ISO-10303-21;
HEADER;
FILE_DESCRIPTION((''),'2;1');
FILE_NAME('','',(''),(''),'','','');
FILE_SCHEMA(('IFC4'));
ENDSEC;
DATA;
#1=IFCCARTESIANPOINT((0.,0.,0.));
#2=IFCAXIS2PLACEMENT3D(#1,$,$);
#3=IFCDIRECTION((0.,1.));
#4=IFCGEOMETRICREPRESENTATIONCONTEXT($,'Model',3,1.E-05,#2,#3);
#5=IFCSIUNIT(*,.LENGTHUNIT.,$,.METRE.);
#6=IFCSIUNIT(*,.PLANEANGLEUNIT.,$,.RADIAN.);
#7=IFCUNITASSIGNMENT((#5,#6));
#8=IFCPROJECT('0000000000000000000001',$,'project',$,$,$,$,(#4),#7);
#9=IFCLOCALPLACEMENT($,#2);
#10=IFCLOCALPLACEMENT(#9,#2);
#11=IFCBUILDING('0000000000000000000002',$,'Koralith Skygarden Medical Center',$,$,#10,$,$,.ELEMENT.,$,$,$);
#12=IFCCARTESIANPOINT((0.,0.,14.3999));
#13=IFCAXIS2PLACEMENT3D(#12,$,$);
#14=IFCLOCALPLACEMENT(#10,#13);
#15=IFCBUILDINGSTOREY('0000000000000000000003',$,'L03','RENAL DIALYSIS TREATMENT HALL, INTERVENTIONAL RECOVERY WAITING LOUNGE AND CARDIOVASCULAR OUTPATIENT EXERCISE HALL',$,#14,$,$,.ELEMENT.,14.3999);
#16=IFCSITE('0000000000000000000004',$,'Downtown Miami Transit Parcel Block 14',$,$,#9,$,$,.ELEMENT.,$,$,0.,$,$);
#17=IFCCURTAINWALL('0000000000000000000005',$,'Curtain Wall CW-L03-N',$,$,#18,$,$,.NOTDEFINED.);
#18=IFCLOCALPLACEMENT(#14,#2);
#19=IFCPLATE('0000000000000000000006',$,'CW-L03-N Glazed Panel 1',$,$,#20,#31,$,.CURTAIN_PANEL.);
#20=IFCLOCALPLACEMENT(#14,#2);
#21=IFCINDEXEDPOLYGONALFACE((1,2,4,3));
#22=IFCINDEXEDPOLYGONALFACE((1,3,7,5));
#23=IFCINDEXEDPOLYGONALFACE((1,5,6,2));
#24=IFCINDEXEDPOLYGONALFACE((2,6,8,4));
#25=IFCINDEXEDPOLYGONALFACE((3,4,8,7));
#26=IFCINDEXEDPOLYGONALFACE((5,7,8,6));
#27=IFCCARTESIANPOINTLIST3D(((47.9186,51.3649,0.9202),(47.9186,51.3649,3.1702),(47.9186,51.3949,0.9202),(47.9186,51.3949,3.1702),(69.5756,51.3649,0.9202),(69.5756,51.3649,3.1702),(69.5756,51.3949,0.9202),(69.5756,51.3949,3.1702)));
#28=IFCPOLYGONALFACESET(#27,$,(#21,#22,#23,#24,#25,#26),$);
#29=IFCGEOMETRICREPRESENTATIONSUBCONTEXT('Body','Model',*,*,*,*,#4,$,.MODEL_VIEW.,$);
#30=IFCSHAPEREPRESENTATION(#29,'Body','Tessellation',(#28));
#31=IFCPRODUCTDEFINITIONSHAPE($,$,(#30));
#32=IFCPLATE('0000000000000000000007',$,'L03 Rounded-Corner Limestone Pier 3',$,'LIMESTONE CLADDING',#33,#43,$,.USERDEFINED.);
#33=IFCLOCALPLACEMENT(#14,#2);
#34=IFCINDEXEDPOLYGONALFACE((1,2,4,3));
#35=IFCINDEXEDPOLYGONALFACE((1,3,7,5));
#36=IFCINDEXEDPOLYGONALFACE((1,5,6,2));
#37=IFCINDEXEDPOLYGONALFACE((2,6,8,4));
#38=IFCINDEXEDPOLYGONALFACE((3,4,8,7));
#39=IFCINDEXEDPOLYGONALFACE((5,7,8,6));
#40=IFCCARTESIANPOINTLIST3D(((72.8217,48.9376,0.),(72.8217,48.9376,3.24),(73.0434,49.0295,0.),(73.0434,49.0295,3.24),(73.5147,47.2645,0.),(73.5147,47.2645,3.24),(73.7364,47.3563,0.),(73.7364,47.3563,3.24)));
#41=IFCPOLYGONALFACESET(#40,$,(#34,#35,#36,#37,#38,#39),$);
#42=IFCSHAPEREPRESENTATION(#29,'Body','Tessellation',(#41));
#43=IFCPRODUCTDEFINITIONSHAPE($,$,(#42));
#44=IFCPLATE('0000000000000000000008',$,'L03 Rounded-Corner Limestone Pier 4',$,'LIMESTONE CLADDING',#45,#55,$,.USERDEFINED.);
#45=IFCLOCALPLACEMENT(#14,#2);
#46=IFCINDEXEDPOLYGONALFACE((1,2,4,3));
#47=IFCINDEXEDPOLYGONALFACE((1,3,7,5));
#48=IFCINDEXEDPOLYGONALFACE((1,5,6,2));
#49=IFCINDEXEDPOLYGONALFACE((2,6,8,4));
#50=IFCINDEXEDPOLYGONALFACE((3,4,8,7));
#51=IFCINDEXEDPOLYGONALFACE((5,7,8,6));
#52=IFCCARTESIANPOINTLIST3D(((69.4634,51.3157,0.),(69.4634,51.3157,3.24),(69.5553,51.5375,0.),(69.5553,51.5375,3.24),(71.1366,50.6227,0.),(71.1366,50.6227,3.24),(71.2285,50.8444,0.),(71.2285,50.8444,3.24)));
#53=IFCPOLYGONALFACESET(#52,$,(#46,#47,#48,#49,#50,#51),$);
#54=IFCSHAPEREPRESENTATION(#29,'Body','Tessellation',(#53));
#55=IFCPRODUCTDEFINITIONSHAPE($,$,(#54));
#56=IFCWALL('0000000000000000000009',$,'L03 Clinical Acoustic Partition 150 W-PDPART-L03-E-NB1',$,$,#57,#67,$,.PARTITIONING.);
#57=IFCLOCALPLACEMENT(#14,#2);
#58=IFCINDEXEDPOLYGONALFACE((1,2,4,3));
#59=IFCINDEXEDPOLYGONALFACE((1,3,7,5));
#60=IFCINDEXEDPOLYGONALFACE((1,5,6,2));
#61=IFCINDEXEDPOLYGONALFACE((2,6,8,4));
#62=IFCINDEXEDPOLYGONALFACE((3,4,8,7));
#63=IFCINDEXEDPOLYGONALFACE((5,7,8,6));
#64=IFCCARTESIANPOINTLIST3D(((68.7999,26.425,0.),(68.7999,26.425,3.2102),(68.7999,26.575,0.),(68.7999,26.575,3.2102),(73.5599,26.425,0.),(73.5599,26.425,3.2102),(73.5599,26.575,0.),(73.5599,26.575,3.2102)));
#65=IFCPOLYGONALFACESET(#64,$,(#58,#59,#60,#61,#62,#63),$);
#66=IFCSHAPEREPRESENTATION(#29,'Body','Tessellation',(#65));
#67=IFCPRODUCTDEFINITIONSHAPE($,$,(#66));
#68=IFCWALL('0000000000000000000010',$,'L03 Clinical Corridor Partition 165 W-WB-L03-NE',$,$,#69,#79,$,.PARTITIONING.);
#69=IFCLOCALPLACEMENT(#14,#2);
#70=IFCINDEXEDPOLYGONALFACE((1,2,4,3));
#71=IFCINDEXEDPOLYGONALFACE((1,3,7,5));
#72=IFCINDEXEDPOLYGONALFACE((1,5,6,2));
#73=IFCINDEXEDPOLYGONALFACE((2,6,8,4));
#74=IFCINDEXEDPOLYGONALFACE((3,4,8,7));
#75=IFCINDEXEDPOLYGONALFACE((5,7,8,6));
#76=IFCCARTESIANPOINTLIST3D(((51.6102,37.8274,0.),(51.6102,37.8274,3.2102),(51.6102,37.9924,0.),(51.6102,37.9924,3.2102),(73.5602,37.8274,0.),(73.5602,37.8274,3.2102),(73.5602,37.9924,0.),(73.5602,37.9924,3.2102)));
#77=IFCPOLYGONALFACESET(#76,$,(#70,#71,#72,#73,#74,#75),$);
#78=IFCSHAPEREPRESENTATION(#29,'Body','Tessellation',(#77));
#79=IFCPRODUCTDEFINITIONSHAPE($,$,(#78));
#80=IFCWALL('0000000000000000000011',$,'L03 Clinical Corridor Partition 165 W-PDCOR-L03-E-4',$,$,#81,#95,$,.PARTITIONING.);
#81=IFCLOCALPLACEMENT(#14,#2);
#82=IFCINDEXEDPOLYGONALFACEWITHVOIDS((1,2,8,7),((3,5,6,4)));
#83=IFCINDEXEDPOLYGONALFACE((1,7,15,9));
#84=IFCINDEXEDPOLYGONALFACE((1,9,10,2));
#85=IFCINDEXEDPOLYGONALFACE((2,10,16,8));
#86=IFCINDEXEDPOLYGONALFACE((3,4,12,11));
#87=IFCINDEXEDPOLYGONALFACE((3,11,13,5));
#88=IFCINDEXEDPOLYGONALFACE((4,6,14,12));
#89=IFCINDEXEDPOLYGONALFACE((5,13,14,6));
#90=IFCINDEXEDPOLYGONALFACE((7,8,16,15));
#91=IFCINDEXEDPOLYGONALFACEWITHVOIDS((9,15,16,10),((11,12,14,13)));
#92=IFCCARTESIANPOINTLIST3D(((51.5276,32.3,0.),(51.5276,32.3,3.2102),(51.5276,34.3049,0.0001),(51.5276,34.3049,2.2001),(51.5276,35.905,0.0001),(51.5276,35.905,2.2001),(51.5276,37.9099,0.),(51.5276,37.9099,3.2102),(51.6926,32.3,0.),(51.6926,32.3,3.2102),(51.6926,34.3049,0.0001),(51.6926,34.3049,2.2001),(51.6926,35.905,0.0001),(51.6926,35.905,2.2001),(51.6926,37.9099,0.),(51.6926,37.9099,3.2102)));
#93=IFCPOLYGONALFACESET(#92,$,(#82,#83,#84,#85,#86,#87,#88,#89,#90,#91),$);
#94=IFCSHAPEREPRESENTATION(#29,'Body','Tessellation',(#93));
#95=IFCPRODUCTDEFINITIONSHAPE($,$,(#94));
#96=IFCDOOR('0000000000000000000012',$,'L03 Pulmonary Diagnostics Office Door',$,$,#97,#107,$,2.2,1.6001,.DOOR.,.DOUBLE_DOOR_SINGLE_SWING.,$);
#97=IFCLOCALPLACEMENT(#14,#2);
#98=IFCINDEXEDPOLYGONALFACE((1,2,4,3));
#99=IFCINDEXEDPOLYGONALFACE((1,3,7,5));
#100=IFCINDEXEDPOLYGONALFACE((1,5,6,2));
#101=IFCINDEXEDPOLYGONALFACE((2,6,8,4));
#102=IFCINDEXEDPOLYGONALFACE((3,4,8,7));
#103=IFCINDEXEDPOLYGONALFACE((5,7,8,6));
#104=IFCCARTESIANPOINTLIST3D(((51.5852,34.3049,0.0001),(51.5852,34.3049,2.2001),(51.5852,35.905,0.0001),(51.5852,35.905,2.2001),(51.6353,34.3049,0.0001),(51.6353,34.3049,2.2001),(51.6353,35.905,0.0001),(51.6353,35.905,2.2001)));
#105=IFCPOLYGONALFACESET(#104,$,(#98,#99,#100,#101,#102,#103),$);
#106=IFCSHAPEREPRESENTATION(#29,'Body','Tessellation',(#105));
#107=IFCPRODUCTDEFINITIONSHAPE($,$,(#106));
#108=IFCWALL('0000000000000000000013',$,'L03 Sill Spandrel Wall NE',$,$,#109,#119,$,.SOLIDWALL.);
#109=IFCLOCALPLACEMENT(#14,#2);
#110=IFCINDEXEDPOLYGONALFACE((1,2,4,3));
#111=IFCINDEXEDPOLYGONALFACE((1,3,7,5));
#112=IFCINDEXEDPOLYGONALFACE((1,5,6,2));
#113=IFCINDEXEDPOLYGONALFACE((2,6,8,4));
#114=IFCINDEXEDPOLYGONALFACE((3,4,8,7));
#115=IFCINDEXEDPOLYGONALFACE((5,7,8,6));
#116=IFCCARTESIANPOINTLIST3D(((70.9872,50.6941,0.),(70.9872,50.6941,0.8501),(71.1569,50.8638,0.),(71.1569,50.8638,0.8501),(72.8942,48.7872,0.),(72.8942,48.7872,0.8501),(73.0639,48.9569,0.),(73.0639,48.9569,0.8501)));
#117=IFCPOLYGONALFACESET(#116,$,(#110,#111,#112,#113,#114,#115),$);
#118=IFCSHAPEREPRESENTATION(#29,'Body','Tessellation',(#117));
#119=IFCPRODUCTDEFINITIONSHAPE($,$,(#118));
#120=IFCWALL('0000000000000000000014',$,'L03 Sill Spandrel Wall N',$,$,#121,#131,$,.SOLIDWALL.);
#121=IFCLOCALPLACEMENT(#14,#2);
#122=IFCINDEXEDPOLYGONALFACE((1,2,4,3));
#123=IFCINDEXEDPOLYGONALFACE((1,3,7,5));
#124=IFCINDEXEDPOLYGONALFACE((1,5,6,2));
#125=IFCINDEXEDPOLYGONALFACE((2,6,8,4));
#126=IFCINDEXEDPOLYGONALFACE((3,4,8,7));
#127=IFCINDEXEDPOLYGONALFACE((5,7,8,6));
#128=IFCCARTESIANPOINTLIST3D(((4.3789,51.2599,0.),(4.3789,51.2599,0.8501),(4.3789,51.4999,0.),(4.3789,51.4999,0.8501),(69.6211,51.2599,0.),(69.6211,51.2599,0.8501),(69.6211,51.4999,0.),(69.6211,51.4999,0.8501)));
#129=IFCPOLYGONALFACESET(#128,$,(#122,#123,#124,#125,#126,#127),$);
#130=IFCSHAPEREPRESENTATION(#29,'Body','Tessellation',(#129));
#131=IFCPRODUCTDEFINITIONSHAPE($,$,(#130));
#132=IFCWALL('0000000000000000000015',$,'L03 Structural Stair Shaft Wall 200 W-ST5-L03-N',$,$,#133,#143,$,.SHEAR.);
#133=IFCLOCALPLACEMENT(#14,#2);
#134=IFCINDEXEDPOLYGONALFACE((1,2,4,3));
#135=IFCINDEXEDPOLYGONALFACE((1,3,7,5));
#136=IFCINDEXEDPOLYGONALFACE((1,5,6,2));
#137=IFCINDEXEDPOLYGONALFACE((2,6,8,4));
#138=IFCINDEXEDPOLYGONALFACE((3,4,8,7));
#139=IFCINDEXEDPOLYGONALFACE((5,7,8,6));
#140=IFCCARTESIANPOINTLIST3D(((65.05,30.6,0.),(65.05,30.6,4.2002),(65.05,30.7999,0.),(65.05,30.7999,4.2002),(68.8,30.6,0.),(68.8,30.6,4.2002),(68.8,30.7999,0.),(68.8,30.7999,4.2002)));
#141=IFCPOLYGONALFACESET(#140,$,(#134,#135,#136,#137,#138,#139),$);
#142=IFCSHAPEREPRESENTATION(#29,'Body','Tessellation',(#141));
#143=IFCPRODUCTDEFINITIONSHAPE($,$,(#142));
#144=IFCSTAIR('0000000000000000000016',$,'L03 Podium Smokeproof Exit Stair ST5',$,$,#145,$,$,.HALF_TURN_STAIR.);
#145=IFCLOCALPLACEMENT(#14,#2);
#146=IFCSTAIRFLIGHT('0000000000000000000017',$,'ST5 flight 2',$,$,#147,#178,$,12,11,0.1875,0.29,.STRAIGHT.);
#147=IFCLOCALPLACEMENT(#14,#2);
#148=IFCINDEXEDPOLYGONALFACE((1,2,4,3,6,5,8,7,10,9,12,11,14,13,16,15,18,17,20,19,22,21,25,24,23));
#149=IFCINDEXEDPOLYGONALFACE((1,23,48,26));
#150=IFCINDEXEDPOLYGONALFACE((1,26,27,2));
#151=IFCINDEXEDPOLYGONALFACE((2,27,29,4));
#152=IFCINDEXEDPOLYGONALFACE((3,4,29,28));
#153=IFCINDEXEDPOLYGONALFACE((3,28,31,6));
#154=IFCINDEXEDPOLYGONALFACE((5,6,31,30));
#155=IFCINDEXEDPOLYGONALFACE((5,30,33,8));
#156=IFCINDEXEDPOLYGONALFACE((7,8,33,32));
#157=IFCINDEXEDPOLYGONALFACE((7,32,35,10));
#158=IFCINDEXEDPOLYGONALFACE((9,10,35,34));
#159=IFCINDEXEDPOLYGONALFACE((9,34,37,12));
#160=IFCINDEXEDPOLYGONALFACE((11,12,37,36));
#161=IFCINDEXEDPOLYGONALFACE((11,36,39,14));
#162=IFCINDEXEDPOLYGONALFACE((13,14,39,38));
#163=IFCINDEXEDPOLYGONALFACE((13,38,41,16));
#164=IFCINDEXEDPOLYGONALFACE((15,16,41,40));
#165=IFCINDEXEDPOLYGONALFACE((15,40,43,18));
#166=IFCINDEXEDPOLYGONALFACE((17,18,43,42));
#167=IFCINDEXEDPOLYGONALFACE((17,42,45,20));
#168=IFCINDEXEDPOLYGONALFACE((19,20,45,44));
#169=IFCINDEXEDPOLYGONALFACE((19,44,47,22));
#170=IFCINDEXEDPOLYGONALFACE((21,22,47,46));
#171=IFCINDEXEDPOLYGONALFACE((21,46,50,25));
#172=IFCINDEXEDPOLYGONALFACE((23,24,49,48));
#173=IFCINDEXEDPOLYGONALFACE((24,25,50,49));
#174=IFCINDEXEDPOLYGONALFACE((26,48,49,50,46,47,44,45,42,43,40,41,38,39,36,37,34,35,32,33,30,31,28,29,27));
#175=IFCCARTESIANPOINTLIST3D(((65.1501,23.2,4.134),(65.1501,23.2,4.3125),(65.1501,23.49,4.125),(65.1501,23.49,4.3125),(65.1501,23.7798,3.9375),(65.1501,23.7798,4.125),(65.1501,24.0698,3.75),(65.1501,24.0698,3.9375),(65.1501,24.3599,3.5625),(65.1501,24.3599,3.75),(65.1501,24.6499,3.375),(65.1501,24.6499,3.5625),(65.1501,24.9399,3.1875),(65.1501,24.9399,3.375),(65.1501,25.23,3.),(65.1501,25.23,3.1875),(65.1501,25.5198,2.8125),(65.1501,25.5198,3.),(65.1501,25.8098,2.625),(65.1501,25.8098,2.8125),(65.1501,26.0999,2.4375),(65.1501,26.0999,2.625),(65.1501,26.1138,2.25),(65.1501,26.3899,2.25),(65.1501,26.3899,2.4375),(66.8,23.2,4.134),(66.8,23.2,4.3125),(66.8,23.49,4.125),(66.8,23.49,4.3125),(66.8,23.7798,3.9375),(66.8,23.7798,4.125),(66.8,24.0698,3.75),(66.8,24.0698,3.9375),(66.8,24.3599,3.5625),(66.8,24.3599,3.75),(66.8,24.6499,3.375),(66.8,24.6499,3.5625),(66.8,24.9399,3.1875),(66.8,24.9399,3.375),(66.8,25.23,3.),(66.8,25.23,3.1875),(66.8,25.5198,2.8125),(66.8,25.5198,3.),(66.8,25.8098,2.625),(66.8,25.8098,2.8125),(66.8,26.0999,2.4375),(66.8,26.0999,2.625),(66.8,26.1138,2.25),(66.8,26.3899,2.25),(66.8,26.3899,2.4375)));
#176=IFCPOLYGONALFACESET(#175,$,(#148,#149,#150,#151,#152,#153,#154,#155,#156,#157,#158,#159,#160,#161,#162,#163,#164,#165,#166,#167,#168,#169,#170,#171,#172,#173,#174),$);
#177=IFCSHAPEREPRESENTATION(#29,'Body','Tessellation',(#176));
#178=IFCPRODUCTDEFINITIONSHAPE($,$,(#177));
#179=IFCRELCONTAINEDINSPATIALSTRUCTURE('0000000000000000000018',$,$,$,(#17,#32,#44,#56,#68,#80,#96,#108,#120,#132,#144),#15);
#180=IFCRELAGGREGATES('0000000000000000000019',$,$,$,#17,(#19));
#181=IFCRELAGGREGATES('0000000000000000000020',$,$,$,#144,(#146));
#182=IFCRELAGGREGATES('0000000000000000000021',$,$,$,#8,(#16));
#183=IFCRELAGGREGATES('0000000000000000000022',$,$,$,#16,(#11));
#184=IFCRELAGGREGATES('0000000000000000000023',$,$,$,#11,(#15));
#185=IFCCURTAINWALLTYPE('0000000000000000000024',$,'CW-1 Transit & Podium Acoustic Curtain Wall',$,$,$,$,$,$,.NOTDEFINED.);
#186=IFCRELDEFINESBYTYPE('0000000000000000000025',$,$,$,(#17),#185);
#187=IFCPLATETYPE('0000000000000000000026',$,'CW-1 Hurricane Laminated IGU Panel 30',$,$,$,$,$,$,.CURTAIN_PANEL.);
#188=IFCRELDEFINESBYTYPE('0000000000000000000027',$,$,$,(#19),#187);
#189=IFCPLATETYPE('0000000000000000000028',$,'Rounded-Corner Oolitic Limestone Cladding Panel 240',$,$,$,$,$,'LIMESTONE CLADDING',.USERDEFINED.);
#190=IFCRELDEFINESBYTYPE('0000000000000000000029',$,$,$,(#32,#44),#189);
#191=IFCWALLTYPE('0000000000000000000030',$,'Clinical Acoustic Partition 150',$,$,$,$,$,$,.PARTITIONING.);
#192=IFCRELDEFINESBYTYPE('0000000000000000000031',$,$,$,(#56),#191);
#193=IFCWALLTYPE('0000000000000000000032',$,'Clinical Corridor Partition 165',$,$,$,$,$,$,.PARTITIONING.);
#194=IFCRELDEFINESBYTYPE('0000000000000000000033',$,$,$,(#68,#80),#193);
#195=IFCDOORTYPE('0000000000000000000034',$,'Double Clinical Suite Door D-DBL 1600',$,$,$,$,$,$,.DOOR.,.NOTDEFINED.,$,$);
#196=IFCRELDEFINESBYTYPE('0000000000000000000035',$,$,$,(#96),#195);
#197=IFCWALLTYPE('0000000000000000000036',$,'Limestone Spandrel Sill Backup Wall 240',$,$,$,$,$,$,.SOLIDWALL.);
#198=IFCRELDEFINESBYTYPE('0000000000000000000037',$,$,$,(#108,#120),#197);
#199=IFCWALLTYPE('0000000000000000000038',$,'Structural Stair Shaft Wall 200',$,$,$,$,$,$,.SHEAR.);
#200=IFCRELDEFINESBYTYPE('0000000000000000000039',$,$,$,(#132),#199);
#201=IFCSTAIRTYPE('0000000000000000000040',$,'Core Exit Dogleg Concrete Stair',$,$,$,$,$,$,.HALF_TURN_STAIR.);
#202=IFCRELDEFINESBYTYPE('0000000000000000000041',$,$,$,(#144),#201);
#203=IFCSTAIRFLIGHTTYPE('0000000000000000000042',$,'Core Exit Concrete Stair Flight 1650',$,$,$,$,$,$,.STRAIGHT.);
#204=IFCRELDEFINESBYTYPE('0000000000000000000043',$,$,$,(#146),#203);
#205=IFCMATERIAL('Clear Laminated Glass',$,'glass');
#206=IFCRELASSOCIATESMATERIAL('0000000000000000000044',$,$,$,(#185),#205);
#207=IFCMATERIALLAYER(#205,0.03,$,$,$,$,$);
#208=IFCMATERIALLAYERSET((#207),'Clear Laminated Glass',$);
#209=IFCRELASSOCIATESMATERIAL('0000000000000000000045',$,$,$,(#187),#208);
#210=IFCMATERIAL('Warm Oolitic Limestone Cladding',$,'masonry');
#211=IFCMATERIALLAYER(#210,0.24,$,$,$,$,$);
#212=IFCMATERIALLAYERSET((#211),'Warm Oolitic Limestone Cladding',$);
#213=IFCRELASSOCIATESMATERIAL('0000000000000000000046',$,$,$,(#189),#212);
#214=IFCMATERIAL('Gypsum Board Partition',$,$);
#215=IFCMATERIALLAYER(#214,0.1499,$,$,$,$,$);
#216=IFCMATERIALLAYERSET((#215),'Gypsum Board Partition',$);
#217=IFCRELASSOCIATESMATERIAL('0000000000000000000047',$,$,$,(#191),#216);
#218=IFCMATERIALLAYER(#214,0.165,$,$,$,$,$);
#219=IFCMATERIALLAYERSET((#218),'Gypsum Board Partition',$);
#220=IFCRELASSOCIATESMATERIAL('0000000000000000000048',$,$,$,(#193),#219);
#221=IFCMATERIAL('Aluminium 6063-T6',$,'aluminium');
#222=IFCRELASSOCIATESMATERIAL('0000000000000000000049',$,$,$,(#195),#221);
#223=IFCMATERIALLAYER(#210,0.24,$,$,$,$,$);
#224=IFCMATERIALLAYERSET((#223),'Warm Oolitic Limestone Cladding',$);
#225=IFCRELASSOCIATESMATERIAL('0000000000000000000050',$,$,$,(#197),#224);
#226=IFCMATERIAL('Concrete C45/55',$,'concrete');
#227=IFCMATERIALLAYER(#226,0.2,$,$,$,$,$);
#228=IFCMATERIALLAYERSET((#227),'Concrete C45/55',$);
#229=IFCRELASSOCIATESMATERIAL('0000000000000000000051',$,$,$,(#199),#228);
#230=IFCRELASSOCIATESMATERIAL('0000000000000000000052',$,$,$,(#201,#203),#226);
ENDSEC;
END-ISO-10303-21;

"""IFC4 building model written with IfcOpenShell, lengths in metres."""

from ifc_helpers import new_model, si_unit, direction, frame, frame_2d, origin, origin_2d, place, context, subcontext, project, spatial, polyline, rectangle, outline, extrude, material, layer, layer_set, type_object, element, fill, aggregate, save


model = new_model("IFC4")

# Units and contexts
model_context = context("Model", 3, precision=1e-05, world=origin(), true_north=direction((0.0, 1.0)))
body_context = subcontext(model_context, "Body", "Model", "MODEL_VIEW")
ifc_project = project(units=[si_unit("LENGTHUNIT", "METRE"), si_unit("PLANEANGLEUNIT", "RADIAN")], contexts=[model_context])

# Site, building, storey
site_placement = place(None, origin())
site = spatial("IfcSite", under=ifc_project, at=site_placement, Name="Downtown Miami Transit Parcel Block 14", CompositionType="ELEMENT", RefElevation=0.0)
building_placement = place(site_placement, origin())
building = spatial("IfcBuilding", under=site, at=building_placement, Name="Koralith Skygarden Medical Center", CompositionType="ELEMENT")
storey_placement = place(building_placement, frame((0.0, 0.0, 14.3999)))
storey = spatial("IfcBuildingStorey", under=building, at=storey_placement, Name="L03", Description="RENAL DIALYSIS TREATMENT HALL, INTERVENTIONAL RECOVERY WAITING LOUNGE AND CARDIOVASCULAR OUTPATIENT EXERCISE HALL", CompositionType="ELEMENT", Elevation=14.3999)

# Shared definitions
ifc_material_1 = material(Name="Clear Laminated Glass", Category="glass")
curtain_wall_type = type_object("IfcCurtainWallType", Name="CW-1 Transit & Podium Acoustic Curtain Wall", PredefinedType="NOTDEFINED", material=ifc_material_1)
ifc_material_2 = material(Name="Aluminium 6063-T6", Category="aluminium")

# Curtain wall
curtain_wall_1_placement = place(storey_placement, origin())
curtain_wall_1 = element("IfcCurtainWall", 1, at=curtain_wall_1_placement, inside=storey, type_object=curtain_wall_type, Name="Curtain Wall CW-L03-N", PredefinedType="NOTDEFINED")

# Plate
ifc_layer_1 = layer(ifc_material_1, 0.03)
ifc_layer_set_1 = layer_set([ifc_layer_1], Name="Clear Laminated Glass")
plate_type_1 = type_object("IfcPlateType", Name="CW-1 Hurricane Laminated IGU Panel 30", PredefinedType="CURTAIN_PANEL", material=ifc_layer_set_1)
plate_1_placement = place(storey_placement, frame((58.7471, 51.3799, 0.9202), z_axis=(0.0, 0.0, 1.0), x_axis=(-1.0, 0.0, 0.0)))
plate_1 = element("IfcPlate", 2, at=plate_1_placement, type_object=plate_type_1, Name="CW-L03-N Glazed Panel 1", PredefinedType="CURTAIN_PANEL", context=body_context, shape_type="SweptSolid", body=[
    extrude(rectangle(XDim=21.657, YDim=0.03, at=origin_2d()), origin(), (0.0, 0.0, 1.0), 2.25),
])
aggregate(curtain_wall_1, [plate_1])

# Plates
ifc_material_3 = material(Name="Warm Oolitic Limestone Cladding", Category="masonry")
ifc_layer_2 = layer(ifc_material_3, 0.24)
ifc_layer_set_2 = layer_set([ifc_layer_2], Name="Warm Oolitic Limestone Cladding")
plate_type_2 = type_object("IfcPlateType", Name="Rounded-Corner Oolitic Limestone Cladding Panel 240", ElementType="LIMESTONE CLADDING", PredefinedType="USERDEFINED", material=ifc_layer_set_2)
for number, where, z_axis, x_axis, name in (
    (3, (73.2791, 48.147, 0.0), (0.0, 0.0, 1.0), (-0.382671, 0.923885, 0.0), "L03 Rounded-Corner Limestone Pier 3"),
    (4, (70.3459, 51.0801, 0.0), (0.0, 0.0, 1.0), (-0.923885, 0.382671, 0.0), "L03 Rounded-Corner Limestone Pier 4"),
):
    element("IfcPlate", number, at=place(storey_placement, frame(where, z_axis=z_axis, x_axis=x_axis)), inside=storey, type_object=plate_type_2, Name=name, ObjectType="LIMESTONE CLADDING", PredefinedType="USERDEFINED", context=body_context, shape_type="SweptSolid", body=[
        extrude(rectangle(XDim=1.811, YDim=0.24, at=origin_2d()), origin(), (0.0, 0.0, 1.0), 3.24),
    ])

# Walls
ifc_material_4 = material(Name="Gypsum Board Partition")
ifc_layer_3 = layer(ifc_material_4, 0.1499)
ifc_layer_set_3 = layer_set([ifc_layer_3], Name="Gypsum Board Partition")
wall_type_1 = type_object("IfcWallType", Name="Clinical Acoustic Partition 150", PredefinedType="PARTITIONING", material=ifc_layer_set_3)
wall_1_placement = place(storey_placement, frame((68.8, 26.5, 0.0), z_axis=(0.0, 0.0, 1.0), x_axis=(1.0, 0.0, 0.0)))
element("IfcWall", 5, at=wall_1_placement, inside=storey, type_object=wall_type_1, Name="L03 Clinical Acoustic Partition 150 W-PDPART-L03-E-NB1", PredefinedType="PARTITIONING", context=body_context, shape_type="SweptSolid", body=[
    extrude(rectangle(XDim=4.76, YDim=0.1499, at=frame_2d((2.3799, 0.0))), origin(), (0.0, 0.0, 1.0), 3.2102),
])
ifc_layer_4 = layer(ifc_material_4, 0.165)
ifc_layer_set_4 = layer_set([ifc_layer_4], Name="Gypsum Board Partition")
wall_type_2 = type_object("IfcWallType", Name="Clinical Corridor Partition 165", PredefinedType="PARTITIONING", material=ifc_layer_set_4)
wall_2_placement = place(storey_placement, frame((51.6101, 37.9099, 0.0), z_axis=(0.0, 0.0, 1.0), x_axis=(1.0, 0.0, 0.0)))
element("IfcWall", 6, at=wall_2_placement, inside=storey, type_object=wall_type_2, Name="L03 Clinical Corridor Partition 165 W-WB-L03-NE", PredefinedType="PARTITIONING", context=body_context, shape_type="SweptSolid", body=[
    extrude(rectangle(XDim=21.95, YDim=0.165, at=frame_2d((10.9751, 0.0))), origin(), (0.0, 0.0, 1.0), 3.2102),
])

# Wall, opening, door
wall_3_placement = place(storey_placement, frame((51.6101, 32.3, 0.0), z_axis=(0.0, 0.0, 1.0), x_axis=(0.0, 1.0, 0.0)))
wall_3 = element("IfcWall", 7, at=wall_3_placement, inside=storey, type_object=wall_type_2, Name="L03 Clinical Corridor Partition 165 W-PDCOR-L03-E-4", PredefinedType="PARTITIONING", context=body_context, shape_type="SweptSolid", body=[
    extrude(rectangle(XDim=5.6099, YDim=0.165, at=frame_2d((2.8049, 0.0))), origin(), (0.0, 0.0, 1.0), 3.2102),
])
opening_placement = place(wall_3_placement, frame((2.0049, 0.0, 0.0)))
opening = element("IfcOpeningElement", 8, at=opening_placement, cuts=wall_3, PredefinedType="OPENING", context=body_context, shape_type="SweptSolid", body=[
    extrude(rectangle(XDim=1.6001, YDim=2.2, at=frame_2d((0.8, 1.1001))), frame((0.0, 0.0925, 0.0), z_axis=(0.0, -1.0, 0.0), x_axis=(1.0, 0.0, 0.0)), (0.0, 0.0, 1.0), 0.1851),
])
door_type = type_object("IfcDoorType", Name="Double Clinical Suite Door D-DBL 1600", OperationType="NOTDEFINED", PredefinedType="DOOR", material=ifc_material_2)
door_placement = place(opening_placement, origin())
door = element("IfcDoor", 9, at=door_placement, inside=storey, type_object=door_type, Name="L03 Pulmonary Diagnostics Office Door", OperationType="DOUBLE_DOOR_SINGLE_SWING", OverallHeight=2.2, OverallWidth=1.6001, PredefinedType="DOOR", context=body_context, shape_type="SweptSolid", body=[
    extrude(rectangle(XDim=1.6001, YDim=2.2, at=frame_2d((0.8, 1.1001))), frame((0.0, 0.0249, 0.0), z_axis=(0.0, -1.0, 0.0), x_axis=(1.0, 0.0, 0.0)), (0.0, 0.0, 1.0), 0.05),
])
fill(opening, door)

# Walls
ifc_layer_5 = layer(ifc_material_3, 0.24)
ifc_layer_set_5 = layer_set([ifc_layer_5], Name="Warm Oolitic Limestone Cladding")
wall_type_3 = type_object("IfcWallType", Name="Limestone Spandrel Sill Backup Wall 240", PredefinedType="SOLIDWALL", material=ifc_layer_set_5)
wall_4_placement = place(storey_placement, frame((72.979, 48.8721, 0.0), z_axis=(0.0, 0.0, 1.0), x_axis=(-0.707107, 0.707107, 0.0)))
element("IfcWall", 10, at=wall_4_placement, inside=storey, type_object=wall_type_3, Name="L03 Sill Spandrel Wall NE", PredefinedType="SOLIDWALL", context=body_context, shape_type="SweptSolid", body=[
    extrude(rectangle(XDim=2.6968, YDim=0.24, at=frame_2d((1.3484, 0.0))), origin(), (0.0, 0.0, 1.0), 0.8501),
])
wall_5_placement = place(storey_placement, frame((69.6211, 51.3799, 0.0), z_axis=(0.0, 0.0, 1.0), x_axis=(-1.0, 0.0, 0.0)))
element("IfcWall", 11, at=wall_5_placement, inside=storey, type_object=wall_type_3, Name="L03 Sill Spandrel Wall N", PredefinedType="SOLIDWALL", context=body_context, shape_type="SweptSolid", body=[
    extrude(rectangle(XDim=65.2422, YDim=0.24, at=frame_2d((32.6211, 0.0))), origin(), (0.0, 0.0, 1.0), 0.8501),
])
ifc_material_5 = material(Name="Concrete C45/55", Category="concrete")
ifc_layer_6 = layer(ifc_material_5, 0.2)
ifc_layer_set_6 = layer_set([ifc_layer_6], Name="Concrete C45/55")
wall_type_4 = type_object("IfcWallType", Name="Structural Stair Shaft Wall 200", PredefinedType="SHEAR", material=ifc_layer_set_6)
wall_6_placement = place(storey_placement, frame((65.05, 30.7, 0.0), z_axis=(0.0, 0.0, 1.0), x_axis=(1.0, 0.0, 0.0)))
element("IfcWall", 12, at=wall_6_placement, inside=storey, type_object=wall_type_4, Name="L03 Structural Stair Shaft Wall 200 W-ST5-L03-N", PredefinedType="SHEAR", context=body_context, shape_type="SweptSolid", body=[
    extrude(rectangle(XDim=3.75, YDim=0.2, at=frame_2d((1.875, 0.0))), origin(), (0.0, 0.0, 1.0), 4.2002),
])

# Stair, stair flight
stair_type = type_object("IfcStairType", Name="Core Exit Dogleg Concrete Stair", PredefinedType="HALF_TURN_STAIR", material=ifc_material_5)
stair_placement = place(storey_placement, origin())
stair = element("IfcStair", 13, at=stair_placement, inside=storey, type_object=stair_type, Name="L03 Podium Smokeproof Exit Stair ST5", PredefinedType="HALF_TURN_STAIR")
stair_flight_type = type_object("IfcStairFlightType", Name="Core Exit Concrete Stair Flight 1650", PredefinedType="STRAIGHT", material=ifc_material_5)
stair_flight_placement = place(storey_placement, frame((65.9751, 26.3899, 2.25), z_axis=(0.0, 0.0, 1.0), x_axis=(0.0, -1.0, 0.0)))
stair_flight = element("IfcStairFlight", 14, at=stair_flight_placement, type_object=stair_flight_type, Name="ST5 flight 2", NumberOfRisers=12, NumberOfTreads=11, PredefinedType="STRAIGHT", RiserHeight=0.1875, TreadLength=0.29, context=body_context, shape_type="SweptSolid", body=[
    extrude(outline(polyline([(0.0, 0.0), (0.0, 0.1875), (0.29, 0.1875), (0.29, 0.375), (0.5801, 0.375), (0.5801, 0.5625), (0.8701, 0.5625), (0.8701, 0.75), (1.1599, 0.75), (1.1599, 0.9375), (1.45, 0.9375), (1.45, 1.125), (1.74, 1.125), (1.74, 1.3125), (2.03, 1.3125), (2.03, 1.5), (2.3201, 1.5), (2.3201, 1.6875), (2.6101, 1.6875), (2.6101, 1.875), (2.8999, 1.875), (2.8999, 2.0625), (3.1899, 2.0625), (3.1899, 2.25), (3.1899, 1.884), (0.2761, 0.0), (0.0, 0.0)])), frame((0.0, 0.825, 0.0), z_axis=(0.0, -1.0, 0.0), x_axis=(1.0, 0.0, 0.0)), (0.0, 0.0, 1.0), 1.6499),
])
aggregate(stair, [stair_flight])

save(model, "model.ifc")
